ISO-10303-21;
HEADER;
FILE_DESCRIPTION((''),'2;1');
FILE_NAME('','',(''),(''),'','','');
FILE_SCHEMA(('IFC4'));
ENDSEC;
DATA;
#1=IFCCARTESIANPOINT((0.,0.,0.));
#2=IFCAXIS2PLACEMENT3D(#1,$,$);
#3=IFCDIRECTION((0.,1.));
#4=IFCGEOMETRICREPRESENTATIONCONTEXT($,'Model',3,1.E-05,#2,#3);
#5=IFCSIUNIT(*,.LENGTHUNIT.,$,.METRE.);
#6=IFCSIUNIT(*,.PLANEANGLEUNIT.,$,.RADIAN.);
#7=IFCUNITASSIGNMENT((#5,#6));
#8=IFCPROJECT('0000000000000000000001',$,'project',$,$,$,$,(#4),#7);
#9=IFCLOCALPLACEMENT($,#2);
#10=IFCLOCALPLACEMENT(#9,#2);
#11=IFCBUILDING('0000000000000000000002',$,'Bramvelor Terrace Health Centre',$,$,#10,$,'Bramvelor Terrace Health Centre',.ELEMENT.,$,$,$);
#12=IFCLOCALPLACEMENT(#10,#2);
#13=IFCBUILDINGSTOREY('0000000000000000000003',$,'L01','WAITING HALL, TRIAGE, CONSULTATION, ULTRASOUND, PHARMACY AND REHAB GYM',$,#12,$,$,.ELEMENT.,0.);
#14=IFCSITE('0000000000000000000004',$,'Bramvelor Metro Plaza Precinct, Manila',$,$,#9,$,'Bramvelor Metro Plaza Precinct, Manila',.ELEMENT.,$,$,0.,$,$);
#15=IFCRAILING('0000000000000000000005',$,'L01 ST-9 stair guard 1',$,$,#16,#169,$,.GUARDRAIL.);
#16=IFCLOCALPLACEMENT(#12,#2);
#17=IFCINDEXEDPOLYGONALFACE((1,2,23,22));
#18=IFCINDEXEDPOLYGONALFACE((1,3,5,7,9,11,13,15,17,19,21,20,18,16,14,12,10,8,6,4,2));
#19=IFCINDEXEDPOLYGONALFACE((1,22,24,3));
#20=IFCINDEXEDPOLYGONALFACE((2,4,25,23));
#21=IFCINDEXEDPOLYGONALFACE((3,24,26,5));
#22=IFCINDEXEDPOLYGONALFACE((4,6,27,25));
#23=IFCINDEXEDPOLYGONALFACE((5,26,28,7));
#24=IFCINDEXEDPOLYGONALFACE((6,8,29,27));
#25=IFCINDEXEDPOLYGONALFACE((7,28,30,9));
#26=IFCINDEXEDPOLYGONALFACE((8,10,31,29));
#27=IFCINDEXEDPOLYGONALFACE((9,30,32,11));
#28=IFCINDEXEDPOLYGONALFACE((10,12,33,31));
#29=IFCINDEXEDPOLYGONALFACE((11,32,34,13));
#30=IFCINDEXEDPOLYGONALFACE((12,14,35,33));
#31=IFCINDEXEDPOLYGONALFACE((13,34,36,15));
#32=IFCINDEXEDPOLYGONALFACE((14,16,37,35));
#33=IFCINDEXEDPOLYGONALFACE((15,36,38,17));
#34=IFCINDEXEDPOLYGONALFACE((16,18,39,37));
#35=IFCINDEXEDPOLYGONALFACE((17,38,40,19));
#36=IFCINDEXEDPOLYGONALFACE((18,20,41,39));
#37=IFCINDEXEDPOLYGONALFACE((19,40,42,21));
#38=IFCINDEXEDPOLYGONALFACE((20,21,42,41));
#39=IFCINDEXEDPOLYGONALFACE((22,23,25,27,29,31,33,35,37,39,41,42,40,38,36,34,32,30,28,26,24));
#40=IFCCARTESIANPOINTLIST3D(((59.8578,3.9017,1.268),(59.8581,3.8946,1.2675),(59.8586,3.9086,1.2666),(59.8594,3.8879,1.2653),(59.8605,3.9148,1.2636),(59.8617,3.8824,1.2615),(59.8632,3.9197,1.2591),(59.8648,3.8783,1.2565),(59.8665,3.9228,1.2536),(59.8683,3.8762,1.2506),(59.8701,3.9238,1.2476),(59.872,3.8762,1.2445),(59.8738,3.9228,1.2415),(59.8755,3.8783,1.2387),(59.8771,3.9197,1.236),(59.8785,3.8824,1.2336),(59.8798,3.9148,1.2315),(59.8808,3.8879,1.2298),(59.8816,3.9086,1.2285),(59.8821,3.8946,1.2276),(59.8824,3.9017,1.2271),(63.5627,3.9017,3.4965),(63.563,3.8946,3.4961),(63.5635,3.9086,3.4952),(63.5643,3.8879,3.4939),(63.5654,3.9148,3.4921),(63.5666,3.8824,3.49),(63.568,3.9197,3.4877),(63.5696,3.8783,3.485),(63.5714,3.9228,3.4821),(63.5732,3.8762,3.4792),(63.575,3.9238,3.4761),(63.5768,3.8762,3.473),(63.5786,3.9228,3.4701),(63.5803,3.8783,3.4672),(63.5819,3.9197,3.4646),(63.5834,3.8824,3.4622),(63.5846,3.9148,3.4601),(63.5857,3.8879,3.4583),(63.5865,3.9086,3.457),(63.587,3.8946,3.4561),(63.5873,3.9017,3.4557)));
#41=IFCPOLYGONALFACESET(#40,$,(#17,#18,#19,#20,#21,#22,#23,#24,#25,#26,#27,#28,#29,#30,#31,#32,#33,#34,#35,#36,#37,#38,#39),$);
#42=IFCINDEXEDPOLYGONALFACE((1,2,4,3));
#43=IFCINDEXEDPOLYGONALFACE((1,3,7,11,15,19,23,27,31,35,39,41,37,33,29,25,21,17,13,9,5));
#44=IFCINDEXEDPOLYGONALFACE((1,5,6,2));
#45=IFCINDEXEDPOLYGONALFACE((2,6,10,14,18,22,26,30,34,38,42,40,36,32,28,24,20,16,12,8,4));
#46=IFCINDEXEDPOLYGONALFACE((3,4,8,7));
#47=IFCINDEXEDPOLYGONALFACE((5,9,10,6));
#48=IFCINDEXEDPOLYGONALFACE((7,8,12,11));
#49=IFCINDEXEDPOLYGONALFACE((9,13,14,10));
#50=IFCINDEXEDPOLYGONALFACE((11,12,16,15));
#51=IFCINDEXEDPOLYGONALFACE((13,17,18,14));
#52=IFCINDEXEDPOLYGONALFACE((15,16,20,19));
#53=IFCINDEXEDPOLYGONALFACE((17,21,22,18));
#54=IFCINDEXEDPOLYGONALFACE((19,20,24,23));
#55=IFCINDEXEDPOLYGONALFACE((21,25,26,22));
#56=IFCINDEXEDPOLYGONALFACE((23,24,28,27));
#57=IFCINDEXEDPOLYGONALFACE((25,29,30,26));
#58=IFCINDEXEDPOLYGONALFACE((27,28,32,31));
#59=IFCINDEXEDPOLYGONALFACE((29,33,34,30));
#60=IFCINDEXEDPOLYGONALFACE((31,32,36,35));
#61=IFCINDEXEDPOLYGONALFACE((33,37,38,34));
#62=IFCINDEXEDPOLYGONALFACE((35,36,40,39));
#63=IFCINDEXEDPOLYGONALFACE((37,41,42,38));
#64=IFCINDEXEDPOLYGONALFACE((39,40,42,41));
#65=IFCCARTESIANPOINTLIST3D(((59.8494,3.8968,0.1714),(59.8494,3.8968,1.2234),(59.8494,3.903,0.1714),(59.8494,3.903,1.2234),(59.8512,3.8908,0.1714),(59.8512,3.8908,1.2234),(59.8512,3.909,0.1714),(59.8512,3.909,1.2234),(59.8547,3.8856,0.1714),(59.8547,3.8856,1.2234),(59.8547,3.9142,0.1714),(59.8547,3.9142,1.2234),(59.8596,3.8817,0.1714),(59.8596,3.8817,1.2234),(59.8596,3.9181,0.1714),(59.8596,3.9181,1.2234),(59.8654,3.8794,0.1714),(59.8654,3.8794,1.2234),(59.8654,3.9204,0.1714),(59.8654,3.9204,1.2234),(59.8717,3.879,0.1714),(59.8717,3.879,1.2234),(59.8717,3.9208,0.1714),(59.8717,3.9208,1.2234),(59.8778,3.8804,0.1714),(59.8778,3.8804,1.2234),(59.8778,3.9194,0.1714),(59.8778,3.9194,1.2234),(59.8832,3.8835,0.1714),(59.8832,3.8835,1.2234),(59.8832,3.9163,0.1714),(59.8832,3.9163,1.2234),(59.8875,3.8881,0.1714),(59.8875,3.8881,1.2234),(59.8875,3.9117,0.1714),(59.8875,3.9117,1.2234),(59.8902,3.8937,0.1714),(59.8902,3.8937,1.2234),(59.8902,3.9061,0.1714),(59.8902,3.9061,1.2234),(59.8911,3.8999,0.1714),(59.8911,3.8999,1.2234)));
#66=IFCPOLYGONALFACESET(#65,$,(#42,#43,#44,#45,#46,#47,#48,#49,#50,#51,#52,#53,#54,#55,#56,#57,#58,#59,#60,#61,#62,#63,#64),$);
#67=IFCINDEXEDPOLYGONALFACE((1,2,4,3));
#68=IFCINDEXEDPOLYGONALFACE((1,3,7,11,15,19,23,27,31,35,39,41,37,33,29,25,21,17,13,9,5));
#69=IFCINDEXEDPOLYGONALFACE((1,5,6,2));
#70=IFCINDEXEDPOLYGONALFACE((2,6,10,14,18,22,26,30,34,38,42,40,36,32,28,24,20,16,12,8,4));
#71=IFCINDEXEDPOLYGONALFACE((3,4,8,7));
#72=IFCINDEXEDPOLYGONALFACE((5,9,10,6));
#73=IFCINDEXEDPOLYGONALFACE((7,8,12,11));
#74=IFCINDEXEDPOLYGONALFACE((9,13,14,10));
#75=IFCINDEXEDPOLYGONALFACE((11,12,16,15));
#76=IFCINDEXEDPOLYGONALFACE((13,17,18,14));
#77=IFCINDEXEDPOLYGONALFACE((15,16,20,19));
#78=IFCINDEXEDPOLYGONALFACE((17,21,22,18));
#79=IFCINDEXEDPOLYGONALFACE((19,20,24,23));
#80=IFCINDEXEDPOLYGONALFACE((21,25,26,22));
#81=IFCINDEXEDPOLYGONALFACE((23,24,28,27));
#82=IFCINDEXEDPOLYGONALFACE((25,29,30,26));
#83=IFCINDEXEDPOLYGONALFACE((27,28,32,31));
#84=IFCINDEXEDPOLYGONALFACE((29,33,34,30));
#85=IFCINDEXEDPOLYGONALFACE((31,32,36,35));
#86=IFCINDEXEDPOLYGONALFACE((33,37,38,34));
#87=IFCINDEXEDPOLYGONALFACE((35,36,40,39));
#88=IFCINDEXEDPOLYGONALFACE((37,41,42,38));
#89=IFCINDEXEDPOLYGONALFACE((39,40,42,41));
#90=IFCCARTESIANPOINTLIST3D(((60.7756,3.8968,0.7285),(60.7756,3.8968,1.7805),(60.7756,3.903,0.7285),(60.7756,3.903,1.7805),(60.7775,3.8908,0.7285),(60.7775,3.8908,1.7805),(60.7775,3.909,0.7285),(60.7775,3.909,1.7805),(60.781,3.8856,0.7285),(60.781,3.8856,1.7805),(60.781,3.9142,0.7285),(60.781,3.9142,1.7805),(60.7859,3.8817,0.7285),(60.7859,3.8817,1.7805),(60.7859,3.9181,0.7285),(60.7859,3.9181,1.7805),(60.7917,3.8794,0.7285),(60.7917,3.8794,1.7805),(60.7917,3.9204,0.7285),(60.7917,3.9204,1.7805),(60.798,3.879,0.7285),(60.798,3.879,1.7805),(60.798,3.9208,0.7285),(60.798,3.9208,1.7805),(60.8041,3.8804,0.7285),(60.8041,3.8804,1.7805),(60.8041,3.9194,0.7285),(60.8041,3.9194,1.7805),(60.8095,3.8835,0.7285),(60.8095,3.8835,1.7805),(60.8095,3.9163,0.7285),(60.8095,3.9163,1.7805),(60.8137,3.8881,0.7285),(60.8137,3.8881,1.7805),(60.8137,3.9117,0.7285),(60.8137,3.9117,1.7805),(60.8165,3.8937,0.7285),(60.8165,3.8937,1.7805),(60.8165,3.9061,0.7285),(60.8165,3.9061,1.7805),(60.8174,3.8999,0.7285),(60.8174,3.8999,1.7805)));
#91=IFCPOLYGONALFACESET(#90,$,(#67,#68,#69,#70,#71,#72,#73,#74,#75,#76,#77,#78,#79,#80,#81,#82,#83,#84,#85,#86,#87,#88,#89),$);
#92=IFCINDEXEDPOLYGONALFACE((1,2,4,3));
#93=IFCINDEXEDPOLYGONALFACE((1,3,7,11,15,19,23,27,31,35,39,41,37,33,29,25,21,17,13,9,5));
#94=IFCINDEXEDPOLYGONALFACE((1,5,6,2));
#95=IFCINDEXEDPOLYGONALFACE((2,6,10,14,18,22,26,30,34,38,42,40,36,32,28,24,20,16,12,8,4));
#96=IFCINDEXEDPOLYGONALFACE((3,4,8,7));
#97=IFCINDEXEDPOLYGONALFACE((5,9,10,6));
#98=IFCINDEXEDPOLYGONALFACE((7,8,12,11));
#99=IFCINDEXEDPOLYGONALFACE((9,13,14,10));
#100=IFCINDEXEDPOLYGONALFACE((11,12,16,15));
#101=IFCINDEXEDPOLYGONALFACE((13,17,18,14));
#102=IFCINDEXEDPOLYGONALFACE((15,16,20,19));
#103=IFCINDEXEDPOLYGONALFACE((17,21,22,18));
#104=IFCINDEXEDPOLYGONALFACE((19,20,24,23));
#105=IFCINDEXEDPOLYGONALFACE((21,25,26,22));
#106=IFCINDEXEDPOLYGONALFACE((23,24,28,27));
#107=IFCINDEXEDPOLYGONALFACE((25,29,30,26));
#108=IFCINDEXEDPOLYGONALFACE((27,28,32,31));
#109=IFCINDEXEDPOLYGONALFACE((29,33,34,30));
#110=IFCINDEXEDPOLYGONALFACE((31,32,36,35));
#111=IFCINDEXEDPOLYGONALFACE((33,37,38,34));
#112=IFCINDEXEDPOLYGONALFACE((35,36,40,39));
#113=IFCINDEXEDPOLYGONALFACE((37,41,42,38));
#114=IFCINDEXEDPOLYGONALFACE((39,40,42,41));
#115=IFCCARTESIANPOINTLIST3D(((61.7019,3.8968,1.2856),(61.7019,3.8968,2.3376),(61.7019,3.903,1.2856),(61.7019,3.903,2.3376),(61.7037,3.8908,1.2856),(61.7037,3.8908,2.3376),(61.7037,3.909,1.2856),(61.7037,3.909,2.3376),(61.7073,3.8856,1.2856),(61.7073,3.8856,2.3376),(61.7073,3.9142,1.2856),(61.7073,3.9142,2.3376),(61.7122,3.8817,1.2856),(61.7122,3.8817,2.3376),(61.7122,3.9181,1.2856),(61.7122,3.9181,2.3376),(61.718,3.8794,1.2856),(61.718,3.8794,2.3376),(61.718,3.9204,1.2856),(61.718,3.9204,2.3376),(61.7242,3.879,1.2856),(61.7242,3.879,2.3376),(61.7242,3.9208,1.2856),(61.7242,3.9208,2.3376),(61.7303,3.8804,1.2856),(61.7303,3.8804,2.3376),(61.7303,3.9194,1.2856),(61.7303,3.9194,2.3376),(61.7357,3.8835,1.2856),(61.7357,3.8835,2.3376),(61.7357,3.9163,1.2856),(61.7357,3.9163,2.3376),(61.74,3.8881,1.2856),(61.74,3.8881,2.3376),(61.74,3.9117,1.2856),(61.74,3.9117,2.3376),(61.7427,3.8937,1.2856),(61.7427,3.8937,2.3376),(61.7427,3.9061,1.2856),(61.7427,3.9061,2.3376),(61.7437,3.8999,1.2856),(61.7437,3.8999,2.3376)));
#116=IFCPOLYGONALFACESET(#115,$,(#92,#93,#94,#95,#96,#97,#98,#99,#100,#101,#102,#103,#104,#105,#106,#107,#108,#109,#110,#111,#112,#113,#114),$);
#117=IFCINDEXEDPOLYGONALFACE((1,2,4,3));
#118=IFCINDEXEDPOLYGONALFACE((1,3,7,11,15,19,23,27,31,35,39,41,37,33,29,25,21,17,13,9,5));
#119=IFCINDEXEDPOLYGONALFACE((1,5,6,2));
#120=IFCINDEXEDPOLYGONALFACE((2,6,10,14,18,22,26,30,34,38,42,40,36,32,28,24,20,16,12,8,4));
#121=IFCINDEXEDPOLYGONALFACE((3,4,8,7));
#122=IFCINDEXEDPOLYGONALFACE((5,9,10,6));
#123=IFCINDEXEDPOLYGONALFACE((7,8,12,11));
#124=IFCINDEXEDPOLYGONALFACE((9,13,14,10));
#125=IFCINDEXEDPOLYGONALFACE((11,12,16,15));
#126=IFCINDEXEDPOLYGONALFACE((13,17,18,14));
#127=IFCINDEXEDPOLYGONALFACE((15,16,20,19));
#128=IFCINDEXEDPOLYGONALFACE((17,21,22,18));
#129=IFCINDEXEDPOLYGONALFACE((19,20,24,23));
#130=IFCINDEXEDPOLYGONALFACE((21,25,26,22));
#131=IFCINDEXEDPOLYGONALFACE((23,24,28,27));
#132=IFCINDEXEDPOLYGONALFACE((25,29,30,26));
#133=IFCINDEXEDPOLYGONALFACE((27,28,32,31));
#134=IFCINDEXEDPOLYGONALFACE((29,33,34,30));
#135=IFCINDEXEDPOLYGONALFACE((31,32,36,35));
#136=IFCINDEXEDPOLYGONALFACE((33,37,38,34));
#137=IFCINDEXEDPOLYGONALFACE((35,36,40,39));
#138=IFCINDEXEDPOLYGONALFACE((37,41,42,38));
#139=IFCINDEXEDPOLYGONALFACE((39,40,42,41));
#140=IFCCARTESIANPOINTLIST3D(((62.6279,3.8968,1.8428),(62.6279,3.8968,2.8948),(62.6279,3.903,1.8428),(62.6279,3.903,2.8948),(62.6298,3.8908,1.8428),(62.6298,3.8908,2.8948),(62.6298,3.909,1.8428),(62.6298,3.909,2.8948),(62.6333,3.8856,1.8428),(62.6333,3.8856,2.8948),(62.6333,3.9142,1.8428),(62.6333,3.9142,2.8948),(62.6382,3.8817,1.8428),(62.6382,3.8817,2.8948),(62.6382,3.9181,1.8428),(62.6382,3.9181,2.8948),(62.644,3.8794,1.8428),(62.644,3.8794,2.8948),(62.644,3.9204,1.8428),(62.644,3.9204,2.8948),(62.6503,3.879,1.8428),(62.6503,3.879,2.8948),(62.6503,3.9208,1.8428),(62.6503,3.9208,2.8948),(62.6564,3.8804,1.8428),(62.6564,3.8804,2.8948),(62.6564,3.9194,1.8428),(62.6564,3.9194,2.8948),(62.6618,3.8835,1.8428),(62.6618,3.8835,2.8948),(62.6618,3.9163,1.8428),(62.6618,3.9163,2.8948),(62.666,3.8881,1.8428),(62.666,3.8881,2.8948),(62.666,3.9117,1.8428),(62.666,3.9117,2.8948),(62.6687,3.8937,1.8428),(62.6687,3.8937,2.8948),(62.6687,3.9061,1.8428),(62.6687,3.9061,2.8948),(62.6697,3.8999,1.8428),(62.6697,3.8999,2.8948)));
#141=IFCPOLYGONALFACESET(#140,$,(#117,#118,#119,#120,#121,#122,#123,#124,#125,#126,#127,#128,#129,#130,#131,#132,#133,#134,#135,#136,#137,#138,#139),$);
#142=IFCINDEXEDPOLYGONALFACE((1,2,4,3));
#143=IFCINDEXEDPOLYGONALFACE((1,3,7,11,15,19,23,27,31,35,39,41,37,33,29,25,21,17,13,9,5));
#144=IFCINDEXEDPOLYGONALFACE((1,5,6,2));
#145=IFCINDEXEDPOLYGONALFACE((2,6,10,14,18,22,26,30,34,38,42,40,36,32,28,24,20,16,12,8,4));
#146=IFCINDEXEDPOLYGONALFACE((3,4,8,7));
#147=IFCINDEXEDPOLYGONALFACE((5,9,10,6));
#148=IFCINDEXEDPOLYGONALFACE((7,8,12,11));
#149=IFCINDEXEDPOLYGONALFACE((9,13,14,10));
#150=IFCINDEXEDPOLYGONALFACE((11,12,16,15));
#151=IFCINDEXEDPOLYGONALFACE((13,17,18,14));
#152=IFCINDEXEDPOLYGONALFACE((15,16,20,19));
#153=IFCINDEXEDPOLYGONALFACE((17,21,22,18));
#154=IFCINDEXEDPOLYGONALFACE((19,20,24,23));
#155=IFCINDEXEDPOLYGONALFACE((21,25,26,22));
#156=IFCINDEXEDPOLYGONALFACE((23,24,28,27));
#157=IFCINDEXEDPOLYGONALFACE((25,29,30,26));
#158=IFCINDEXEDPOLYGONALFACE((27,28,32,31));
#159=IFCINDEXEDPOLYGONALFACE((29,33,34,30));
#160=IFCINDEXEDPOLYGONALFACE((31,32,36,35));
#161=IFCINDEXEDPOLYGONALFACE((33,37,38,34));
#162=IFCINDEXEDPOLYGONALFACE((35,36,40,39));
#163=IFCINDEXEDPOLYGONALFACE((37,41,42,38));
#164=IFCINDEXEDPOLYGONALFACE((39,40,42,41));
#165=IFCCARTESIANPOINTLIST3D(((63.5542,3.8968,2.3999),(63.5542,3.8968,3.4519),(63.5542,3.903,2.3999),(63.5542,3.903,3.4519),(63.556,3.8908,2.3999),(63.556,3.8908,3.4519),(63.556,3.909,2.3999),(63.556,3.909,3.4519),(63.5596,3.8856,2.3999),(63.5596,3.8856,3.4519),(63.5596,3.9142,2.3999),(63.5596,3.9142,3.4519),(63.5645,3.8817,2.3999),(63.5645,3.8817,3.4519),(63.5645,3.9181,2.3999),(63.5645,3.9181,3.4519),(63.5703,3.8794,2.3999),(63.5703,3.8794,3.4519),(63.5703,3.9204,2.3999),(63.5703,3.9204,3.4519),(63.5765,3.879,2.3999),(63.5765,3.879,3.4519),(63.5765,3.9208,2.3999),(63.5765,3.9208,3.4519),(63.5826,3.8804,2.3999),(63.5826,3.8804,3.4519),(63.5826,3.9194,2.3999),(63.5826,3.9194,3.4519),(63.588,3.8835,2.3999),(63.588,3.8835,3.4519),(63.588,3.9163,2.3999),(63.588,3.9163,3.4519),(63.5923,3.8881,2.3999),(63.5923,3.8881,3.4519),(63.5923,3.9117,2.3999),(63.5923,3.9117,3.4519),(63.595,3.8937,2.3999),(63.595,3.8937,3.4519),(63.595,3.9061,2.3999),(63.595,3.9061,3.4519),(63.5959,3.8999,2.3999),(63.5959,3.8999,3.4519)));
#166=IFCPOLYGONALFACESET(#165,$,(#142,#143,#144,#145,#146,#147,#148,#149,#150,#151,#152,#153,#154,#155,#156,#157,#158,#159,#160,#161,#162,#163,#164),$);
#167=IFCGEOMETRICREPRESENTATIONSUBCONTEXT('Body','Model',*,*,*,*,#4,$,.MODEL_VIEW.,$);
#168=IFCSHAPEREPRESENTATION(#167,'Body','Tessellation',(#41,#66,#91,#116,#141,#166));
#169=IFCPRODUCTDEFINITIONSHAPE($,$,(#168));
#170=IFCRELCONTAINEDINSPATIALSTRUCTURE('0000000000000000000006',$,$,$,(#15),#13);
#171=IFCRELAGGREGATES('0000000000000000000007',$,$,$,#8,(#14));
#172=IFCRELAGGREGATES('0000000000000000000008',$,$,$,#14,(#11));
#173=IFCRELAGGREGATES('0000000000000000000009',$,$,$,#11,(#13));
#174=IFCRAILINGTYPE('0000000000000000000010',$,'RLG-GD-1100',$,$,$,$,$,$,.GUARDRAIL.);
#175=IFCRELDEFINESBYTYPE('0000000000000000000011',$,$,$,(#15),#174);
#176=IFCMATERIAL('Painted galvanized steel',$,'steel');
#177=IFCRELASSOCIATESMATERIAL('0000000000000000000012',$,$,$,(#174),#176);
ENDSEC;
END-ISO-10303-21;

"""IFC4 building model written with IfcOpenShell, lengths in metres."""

from ifc_helpers import new_model, si_unit, direction, frame, origin, origin_2d, place, context, subcontext, project, spatial, circle, extrude, material, type_object, element, save


model = new_model("IFC4")

# Units and contexts
model_context = context("Model", 3, precision=1e-05, world=origin(), true_north=direction((0.0, 1.0)))
body_context = subcontext(model_context, "Body", "Model", "MODEL_VIEW")
ifc_project = project(units=[si_unit("LENGTHUNIT", "METRE"), si_unit("PLANEANGLEUNIT", "RADIAN")], contexts=[model_context])

# Site, building, storey
site_placement = place(None, origin())
site = spatial("IfcSite", under=ifc_project, at=site_placement, Name="Bramvelor Metro Plaza Precinct, Manila", LongName="Bramvelor Metro Plaza Precinct, Manila", CompositionType="ELEMENT", RefElevation=0.0)
building_placement = place(site_placement, origin())
building = spatial("IfcBuilding", under=site, at=building_placement, Name="Bramvelor Terrace Health Centre", LongName="Bramvelor Terrace Health Centre", CompositionType="ELEMENT")
storey_placement = place(building_placement, origin())
storey = spatial("IfcBuildingStorey", under=building, at=storey_placement, Name="L01", Description="WAITING HALL, TRIAGE, CONSULTATION, ULTRASOUND, PHARMACY AND REHAB GYM", CompositionType="ELEMENT", Elevation=0.0)

# Railing
ifc_material_1 = material(Name="Painted galvanized steel", Category="steel")
railing_type_1 = type_object("IfcRailingType", Name="RLG-GD-1100", PredefinedType="GUARDRAIL", material=ifc_material_1)
railing_1_placement = place(storey_placement, frame((59.8701, 3.8999, 0.1714)))
element("IfcRailing", 1, at=railing_1_placement, inside=storey, type_object=railing_type_1, Name="L01 ST-9 stair guard 1", PredefinedType="GUARDRAIL", context=body_context, shape_type="SweptSolid", body=[
    extrude(circle(Radius=0.0239, at=origin_2d()), frame((0.0, 0.0, 1.0762), z_axis=(0.856919, 0.0, 0.51545), x_axis=(0.0, 1.0, 0.0)), (0.0, 0.0, 1.0), 4.3235),
    extrude(circle(Radius=0.021, at=origin_2d()), origin(), (0.0, 0.0, 1.0), 1.052),
    extrude(circle(Radius=0.021, at=origin_2d()), frame((0.9263, 0.0, 0.5571)), (0.0, 0.0, 1.0), 1.052),
    extrude(circle(Radius=0.021, at=origin_2d()), frame((1.8525, 0.0, 1.1143)), (0.0, 0.0, 1.0), 1.052),
    extrude(circle(Radius=0.021, at=origin_2d()), frame((2.7786, 0.0, 1.6714)), (0.0, 0.0, 1.0), 1.052),
    extrude(circle(Radius=0.021, at=origin_2d()), frame((3.7048, 0.0, 2.2285)), (0.0, 0.0, 1.0), 1.052),
])

save(model, "model.ifc")
